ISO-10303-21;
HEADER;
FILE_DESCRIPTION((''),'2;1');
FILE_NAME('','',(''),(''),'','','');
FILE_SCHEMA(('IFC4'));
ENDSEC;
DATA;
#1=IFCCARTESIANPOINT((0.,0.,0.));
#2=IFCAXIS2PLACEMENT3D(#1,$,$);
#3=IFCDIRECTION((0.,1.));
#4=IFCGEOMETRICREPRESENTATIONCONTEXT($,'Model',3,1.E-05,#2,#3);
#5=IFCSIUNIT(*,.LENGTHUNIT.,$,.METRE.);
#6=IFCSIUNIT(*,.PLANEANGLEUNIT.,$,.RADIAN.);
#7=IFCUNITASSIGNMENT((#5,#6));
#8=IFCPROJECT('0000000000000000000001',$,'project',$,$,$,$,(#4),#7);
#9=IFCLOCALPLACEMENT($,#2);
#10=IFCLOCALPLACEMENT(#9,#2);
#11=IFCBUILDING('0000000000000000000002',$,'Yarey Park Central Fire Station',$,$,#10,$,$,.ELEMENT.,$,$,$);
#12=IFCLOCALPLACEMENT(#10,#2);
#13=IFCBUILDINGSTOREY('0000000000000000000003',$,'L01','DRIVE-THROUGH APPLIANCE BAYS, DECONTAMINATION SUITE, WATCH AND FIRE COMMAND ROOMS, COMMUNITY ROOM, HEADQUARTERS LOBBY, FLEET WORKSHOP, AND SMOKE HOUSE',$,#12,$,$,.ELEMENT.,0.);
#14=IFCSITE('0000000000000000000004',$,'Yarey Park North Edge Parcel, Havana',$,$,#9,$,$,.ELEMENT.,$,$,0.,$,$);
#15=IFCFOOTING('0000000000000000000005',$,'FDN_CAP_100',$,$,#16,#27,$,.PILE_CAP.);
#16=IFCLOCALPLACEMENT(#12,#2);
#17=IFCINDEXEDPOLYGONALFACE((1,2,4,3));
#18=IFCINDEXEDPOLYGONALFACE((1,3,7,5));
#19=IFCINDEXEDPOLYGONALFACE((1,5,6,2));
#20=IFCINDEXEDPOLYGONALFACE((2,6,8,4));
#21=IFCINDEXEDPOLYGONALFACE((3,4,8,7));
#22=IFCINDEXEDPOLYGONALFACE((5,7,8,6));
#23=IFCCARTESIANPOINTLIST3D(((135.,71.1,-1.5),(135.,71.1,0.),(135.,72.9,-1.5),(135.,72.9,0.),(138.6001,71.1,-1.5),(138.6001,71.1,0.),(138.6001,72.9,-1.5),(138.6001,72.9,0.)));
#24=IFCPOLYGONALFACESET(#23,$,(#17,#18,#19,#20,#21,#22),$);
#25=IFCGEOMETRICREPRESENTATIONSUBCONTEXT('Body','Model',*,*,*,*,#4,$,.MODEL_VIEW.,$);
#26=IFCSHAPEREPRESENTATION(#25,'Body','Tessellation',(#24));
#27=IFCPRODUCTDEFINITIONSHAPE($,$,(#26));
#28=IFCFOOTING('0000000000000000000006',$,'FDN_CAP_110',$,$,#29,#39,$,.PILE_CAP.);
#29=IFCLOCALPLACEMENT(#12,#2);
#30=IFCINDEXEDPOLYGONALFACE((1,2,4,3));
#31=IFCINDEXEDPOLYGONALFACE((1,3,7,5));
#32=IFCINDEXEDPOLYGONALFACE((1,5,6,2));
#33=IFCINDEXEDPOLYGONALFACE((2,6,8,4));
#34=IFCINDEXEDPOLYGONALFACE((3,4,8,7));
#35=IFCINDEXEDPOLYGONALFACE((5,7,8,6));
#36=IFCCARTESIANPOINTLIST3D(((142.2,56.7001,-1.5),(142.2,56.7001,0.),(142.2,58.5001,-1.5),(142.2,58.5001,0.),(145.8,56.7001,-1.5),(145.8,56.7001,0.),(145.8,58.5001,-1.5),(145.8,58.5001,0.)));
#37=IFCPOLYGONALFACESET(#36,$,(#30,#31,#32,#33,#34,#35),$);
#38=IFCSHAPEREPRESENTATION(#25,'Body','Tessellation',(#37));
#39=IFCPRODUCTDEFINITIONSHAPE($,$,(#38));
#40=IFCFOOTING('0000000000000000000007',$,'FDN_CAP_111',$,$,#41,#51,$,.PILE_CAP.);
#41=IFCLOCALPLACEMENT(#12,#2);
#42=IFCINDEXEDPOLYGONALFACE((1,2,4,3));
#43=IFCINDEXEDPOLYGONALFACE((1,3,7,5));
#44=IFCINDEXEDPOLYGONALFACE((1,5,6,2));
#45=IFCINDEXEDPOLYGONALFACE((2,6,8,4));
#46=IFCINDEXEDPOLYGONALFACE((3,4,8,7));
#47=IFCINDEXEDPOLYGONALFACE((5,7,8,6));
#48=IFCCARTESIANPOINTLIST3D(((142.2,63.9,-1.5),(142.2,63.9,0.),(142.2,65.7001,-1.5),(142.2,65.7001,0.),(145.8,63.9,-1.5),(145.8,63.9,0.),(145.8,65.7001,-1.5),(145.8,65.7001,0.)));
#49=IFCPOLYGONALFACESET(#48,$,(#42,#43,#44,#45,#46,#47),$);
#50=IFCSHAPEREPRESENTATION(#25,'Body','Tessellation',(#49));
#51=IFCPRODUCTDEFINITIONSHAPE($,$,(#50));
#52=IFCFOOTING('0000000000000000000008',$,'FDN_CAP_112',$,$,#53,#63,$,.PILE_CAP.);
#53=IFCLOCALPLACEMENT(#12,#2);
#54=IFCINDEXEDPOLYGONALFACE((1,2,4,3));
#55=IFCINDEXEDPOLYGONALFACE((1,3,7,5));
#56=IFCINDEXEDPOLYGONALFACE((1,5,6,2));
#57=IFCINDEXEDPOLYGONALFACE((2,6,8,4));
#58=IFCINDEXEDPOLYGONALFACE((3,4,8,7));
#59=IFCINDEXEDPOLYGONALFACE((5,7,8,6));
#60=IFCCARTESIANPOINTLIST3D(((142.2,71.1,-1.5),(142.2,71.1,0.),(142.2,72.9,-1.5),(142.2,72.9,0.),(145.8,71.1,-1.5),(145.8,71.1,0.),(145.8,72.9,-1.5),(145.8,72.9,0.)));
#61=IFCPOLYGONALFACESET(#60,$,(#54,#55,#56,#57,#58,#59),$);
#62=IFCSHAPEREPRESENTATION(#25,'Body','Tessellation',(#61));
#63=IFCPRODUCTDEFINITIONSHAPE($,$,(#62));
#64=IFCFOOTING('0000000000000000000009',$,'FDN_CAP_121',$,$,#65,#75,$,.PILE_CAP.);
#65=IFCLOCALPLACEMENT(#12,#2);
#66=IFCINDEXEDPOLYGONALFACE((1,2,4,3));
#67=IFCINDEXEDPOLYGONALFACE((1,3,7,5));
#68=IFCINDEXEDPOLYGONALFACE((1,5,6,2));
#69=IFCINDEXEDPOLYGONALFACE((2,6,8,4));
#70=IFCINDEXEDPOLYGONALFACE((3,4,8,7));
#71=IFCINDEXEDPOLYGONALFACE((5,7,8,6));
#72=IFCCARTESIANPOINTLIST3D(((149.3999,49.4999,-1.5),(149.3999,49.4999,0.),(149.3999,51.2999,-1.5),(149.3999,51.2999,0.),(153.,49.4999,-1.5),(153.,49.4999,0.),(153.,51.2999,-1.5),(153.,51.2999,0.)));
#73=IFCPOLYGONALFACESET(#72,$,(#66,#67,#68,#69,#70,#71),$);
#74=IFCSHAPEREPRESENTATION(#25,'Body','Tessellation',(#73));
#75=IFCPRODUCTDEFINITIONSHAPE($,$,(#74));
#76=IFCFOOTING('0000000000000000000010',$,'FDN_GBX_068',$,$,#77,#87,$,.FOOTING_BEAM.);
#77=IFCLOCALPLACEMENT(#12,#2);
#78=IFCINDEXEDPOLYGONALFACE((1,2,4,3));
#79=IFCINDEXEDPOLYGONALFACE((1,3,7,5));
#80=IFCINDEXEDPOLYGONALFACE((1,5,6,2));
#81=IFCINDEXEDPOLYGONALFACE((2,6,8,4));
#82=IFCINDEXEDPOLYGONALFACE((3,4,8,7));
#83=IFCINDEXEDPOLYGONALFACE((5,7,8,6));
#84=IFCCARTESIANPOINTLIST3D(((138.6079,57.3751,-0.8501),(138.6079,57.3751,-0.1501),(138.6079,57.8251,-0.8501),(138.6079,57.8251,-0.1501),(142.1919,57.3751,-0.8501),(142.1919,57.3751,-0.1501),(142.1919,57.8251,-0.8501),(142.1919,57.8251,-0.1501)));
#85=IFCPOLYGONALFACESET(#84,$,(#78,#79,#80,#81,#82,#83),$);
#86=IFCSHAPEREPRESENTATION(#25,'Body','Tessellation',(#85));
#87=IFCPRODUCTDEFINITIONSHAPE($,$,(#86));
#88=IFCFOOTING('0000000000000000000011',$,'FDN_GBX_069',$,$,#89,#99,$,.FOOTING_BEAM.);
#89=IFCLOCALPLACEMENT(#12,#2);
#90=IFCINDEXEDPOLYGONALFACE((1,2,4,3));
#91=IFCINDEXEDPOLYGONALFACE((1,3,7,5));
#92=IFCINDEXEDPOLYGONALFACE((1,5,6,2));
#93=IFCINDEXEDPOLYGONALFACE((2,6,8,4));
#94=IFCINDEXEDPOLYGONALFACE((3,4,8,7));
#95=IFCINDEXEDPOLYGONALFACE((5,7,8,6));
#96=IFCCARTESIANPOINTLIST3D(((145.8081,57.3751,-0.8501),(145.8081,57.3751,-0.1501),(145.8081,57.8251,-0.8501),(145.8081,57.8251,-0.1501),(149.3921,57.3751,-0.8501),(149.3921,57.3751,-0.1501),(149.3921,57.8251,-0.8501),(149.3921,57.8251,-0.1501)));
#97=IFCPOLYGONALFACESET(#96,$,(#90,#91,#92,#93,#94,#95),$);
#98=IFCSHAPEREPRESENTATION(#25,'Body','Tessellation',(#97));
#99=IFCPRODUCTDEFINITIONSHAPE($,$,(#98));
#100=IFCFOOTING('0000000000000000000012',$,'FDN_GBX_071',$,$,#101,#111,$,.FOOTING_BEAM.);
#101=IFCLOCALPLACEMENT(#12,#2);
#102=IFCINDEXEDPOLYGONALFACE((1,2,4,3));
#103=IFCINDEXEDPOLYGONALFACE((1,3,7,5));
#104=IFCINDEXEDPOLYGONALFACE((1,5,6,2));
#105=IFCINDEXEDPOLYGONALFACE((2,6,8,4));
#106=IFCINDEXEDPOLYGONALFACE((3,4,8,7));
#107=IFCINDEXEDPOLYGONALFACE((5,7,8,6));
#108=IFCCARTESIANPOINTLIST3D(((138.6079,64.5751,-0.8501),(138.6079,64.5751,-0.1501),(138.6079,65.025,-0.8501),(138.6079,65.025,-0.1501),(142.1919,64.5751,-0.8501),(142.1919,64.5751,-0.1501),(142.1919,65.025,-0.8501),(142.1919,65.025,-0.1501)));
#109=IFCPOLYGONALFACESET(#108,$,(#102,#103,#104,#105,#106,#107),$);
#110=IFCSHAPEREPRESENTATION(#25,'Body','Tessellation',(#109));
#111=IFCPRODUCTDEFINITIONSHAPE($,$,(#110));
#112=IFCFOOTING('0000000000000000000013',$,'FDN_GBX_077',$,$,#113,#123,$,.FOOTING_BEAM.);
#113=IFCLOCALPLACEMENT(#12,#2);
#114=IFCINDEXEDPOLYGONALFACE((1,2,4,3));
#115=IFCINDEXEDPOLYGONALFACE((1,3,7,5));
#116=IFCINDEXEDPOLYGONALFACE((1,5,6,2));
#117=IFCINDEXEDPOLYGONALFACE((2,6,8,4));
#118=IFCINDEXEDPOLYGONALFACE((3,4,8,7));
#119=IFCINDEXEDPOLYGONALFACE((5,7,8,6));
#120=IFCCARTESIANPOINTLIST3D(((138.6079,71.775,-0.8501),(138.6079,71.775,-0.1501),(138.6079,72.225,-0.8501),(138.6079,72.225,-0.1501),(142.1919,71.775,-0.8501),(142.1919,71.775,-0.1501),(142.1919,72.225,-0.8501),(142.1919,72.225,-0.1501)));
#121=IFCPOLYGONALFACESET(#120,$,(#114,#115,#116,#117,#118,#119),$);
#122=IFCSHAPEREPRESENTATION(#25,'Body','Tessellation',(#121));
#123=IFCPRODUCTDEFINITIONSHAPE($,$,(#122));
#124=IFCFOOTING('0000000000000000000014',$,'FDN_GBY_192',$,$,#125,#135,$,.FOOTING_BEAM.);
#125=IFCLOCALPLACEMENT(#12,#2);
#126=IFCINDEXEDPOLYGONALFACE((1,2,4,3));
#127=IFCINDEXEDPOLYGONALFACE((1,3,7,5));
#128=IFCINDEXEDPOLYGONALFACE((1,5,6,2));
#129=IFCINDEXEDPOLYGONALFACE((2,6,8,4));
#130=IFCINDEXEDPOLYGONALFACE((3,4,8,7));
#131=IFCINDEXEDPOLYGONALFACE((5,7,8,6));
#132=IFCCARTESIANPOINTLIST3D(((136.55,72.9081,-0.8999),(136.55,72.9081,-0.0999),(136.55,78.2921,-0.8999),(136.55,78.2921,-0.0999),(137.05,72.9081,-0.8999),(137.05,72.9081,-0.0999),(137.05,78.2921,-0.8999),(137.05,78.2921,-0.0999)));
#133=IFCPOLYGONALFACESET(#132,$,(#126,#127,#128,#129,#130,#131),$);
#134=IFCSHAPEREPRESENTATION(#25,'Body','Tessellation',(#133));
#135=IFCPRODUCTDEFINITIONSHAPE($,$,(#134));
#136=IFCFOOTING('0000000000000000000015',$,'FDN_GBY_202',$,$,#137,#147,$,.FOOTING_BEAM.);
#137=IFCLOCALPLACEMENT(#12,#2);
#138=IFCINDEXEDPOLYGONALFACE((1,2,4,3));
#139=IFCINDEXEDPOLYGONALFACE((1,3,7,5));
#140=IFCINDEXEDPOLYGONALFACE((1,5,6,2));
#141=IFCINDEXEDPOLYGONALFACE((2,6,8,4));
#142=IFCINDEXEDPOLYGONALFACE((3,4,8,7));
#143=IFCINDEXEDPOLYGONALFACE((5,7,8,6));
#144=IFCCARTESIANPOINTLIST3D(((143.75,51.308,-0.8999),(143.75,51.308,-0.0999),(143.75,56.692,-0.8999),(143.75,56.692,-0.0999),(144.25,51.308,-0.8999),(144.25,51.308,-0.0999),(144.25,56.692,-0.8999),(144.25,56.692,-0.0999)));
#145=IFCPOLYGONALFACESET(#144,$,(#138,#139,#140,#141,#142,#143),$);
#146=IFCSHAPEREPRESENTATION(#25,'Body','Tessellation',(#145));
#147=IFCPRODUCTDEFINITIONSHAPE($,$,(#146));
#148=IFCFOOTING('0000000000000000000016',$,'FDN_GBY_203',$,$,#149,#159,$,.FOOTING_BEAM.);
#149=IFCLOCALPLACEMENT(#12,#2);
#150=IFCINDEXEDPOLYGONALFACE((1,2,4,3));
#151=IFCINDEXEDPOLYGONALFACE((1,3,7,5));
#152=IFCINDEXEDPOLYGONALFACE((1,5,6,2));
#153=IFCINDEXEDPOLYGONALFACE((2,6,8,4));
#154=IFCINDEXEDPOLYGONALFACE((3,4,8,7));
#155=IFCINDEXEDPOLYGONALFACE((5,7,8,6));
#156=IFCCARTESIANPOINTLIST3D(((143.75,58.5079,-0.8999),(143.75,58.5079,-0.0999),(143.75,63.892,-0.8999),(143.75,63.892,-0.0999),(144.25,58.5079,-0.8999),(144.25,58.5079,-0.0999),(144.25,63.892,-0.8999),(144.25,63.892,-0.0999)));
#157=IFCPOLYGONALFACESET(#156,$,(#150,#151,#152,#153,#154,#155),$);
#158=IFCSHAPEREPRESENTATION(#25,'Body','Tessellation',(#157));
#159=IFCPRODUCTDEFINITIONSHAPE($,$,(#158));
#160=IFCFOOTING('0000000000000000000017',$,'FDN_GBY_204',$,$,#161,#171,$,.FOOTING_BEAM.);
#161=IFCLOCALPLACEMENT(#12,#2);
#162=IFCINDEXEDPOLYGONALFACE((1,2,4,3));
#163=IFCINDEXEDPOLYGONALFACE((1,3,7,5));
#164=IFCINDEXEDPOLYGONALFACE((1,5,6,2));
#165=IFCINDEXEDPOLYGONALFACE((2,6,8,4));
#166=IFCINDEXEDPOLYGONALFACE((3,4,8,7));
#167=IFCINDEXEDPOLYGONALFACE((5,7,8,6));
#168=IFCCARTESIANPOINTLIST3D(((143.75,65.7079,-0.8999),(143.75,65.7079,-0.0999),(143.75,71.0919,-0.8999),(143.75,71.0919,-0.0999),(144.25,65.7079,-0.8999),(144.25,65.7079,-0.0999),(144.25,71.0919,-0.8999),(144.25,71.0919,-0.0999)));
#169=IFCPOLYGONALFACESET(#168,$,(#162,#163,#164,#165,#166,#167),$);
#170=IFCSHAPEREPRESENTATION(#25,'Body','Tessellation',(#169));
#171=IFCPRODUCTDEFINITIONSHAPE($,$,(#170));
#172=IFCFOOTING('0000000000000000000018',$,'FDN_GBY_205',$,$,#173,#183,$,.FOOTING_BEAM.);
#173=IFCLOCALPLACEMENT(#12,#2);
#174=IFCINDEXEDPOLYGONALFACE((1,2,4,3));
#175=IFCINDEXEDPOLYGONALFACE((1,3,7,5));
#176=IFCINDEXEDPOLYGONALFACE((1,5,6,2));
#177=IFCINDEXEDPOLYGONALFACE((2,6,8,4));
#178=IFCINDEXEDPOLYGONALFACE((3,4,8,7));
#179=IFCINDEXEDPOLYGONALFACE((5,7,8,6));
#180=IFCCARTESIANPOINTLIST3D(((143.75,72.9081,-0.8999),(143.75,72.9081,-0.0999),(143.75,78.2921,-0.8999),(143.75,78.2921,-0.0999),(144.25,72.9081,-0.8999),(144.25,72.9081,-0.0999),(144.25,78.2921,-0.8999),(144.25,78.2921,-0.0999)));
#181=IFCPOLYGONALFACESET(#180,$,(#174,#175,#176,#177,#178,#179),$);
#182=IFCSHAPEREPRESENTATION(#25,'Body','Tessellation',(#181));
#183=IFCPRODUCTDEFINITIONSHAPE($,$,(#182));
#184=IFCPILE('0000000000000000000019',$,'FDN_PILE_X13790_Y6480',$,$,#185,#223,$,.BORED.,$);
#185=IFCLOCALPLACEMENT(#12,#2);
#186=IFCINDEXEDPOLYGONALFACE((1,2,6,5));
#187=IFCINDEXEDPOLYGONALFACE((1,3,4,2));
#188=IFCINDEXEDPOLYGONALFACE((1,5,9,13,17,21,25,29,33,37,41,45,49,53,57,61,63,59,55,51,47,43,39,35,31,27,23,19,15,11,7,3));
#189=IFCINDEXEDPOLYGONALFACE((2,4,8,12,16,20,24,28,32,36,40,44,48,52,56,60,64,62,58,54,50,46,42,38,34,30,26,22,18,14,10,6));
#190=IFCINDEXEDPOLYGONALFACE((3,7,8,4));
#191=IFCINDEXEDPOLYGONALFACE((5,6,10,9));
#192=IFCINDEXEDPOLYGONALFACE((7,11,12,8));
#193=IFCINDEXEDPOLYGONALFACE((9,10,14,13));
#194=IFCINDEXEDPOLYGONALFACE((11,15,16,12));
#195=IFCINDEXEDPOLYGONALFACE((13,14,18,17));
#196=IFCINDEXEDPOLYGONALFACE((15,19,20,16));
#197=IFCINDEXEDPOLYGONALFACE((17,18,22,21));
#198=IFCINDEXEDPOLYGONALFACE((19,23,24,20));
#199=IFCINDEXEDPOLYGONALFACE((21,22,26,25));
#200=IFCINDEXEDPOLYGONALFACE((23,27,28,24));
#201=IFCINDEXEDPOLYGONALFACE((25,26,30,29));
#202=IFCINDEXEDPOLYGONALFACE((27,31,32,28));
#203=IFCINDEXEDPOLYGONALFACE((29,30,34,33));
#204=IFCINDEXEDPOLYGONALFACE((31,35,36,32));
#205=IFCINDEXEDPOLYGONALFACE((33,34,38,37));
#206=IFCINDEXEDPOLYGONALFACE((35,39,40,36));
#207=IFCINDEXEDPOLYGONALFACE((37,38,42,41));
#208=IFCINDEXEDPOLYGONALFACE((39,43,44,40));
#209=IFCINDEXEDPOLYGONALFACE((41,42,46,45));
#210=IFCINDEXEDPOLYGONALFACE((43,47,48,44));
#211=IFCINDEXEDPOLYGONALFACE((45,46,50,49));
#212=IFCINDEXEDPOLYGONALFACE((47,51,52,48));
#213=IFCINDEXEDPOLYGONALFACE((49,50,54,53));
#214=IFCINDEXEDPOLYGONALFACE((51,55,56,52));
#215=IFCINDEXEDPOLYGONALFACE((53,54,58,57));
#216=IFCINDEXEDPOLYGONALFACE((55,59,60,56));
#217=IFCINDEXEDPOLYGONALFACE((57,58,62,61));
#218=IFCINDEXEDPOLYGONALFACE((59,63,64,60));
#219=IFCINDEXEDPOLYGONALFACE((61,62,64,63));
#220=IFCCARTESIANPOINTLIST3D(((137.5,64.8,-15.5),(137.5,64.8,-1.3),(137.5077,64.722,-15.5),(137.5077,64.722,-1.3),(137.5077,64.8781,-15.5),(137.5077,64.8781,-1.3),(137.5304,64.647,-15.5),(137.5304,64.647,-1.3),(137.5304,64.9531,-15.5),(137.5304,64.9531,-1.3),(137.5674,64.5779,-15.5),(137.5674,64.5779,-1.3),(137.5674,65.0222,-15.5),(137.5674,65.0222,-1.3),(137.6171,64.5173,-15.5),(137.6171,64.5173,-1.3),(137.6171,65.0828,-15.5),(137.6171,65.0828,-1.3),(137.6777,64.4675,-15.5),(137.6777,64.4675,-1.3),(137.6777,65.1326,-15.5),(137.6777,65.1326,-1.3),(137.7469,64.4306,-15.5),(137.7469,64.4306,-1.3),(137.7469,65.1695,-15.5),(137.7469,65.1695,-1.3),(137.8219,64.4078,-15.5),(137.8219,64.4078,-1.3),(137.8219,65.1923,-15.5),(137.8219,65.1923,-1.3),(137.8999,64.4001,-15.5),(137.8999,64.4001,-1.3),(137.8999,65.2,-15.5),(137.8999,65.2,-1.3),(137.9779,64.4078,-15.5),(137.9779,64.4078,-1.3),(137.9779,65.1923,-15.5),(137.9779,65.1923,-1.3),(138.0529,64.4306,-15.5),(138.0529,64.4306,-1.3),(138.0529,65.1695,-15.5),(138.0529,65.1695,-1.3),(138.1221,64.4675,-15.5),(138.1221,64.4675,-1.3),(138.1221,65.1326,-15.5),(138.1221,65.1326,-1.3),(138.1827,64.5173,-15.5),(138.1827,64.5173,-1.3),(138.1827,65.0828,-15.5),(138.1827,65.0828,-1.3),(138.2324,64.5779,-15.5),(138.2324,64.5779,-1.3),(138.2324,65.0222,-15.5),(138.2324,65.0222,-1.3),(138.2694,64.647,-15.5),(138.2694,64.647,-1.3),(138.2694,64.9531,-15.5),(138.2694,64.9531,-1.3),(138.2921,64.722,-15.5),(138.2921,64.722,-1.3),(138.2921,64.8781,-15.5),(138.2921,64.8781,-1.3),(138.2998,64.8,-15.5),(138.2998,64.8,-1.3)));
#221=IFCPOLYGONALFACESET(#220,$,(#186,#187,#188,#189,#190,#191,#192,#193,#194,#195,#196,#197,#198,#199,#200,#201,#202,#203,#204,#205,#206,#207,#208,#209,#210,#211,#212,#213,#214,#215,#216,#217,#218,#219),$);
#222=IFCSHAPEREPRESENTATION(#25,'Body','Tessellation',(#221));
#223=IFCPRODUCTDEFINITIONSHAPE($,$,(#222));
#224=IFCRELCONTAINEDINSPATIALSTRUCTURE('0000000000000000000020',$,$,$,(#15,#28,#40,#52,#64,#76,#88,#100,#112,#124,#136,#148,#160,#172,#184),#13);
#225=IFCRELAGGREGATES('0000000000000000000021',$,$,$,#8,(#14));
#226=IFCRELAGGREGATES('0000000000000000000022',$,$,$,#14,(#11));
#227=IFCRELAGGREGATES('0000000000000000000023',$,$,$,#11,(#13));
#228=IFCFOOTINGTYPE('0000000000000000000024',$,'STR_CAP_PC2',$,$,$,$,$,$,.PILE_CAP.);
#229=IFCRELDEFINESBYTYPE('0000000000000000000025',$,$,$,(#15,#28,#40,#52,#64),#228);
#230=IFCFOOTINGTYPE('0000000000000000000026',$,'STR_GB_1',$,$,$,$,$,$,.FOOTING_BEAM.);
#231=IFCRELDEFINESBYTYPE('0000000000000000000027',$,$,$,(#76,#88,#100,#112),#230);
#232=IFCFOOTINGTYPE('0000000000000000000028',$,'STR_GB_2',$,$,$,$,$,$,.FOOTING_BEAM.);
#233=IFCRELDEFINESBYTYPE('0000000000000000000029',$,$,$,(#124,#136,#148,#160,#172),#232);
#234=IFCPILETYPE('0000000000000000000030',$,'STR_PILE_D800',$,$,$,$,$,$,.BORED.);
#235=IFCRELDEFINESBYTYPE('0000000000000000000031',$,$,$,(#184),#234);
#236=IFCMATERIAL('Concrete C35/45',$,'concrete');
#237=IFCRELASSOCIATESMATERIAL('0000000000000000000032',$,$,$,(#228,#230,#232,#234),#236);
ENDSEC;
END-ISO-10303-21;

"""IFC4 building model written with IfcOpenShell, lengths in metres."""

from ifc_helpers import new_model, si_unit, direction, frame, origin, origin_2d, place, context, subcontext, project, spatial, rectangle, circle, extrude, material, material_profile, profile_set, type_object, element, save


model = new_model("IFC4")

# Units and contexts
model_context = context("Model", 3, precision=1e-05, world=origin(), true_north=direction((0.0, 1.0)))
body_context = subcontext(model_context, "Body", "Model", "MODEL_VIEW")
ifc_project = project(units=[si_unit("LENGTHUNIT", "METRE"), si_unit("PLANEANGLEUNIT", "RADIAN")], contexts=[model_context])

# Site, building, storey
site_placement = place(None, origin())
site = spatial("IfcSite", under=ifc_project, at=site_placement, Name="Yarey Park North Edge Parcel, Havana", CompositionType="ELEMENT", RefElevation=0.0)
building_placement = place(site_placement, origin())
building = spatial("IfcBuilding", under=site, at=building_placement, Name="Yarey Park Central Fire Station", CompositionType="ELEMENT")
storey_placement = place(building_placement, origin())
storey = spatial("IfcBuildingStorey", under=building, at=storey_placement, Name="L01", Description="DRIVE-THROUGH APPLIANCE BAYS, DECONTAMINATION SUITE, WATCH AND FIRE COMMAND ROOMS, COMMUNITY ROOM, HEADQUARTERS LOBBY, FLEET WORKSHOP, AND SMOKE HOUSE", CompositionType="ELEMENT", Elevation=0.0)

# Footings
ifc_material_1 = material(Name="Concrete C35/45", Category="concrete")
footing_type_1 = type_object("IfcFootingType", Name="STR_CAP_PC2", PredefinedType="PILE_CAP", material=ifc_material_1)
for number, where, z_axis, x_axis, name in (
    (1, (136.8, 72.0, -1.5), (0.0, 0.0, 1.0), (1.0, 0.0, 0.0), "FDN_CAP_100"),
    (2, (144.0, 57.6001, -1.5), (0.0, 0.0, 1.0), (1.0, 0.0, 0.0), "FDN_CAP_110"),
    (3, (144.0, 64.8, -1.5), (0.0, 0.0, 1.0), (1.0, 0.0, 0.0), "FDN_CAP_111"),
    (4, (144.0, 72.0, -1.5), (0.0, 0.0, 1.0), (1.0, 0.0, 0.0), "FDN_CAP_112"),
    (5, (151.2, 50.3999, -1.5), (0.0, 0.0, 1.0), (1.0, 0.0, 0.0), "FDN_CAP_121"),
):
    element("IfcFooting", number, at=place(storey_placement, frame(where, z_axis=z_axis, x_axis=x_axis)), inside=storey, type_object=footing_type_1, Name=name, PredefinedType="PILE_CAP", context=body_context, shape_type="SweptSolid", body=[
        extrude(rectangle(XDim=3.6001, YDim=1.8, at=origin_2d()), origin(), (0.0, 0.0, 1.0), 1.5),
    ])
footing_type_2 = type_object("IfcFootingType", Name="STR_GB_1", PredefinedType="FOOTING_BEAM", material=ifc_material_1)
for number, where, z_axis, x_axis, name in (
    (6, (140.3999, 57.6001, -0.8501), (0.0, 0.0, 1.0), (1.0, 0.0, 0.0), "FDN_GBX_068"),
    (7, (147.6001, 57.6001, -0.8501), (0.0, 0.0, 1.0), (1.0, 0.0, 0.0), "FDN_GBX_069"),
    (8, (140.3999, 64.8, -0.8501), (0.0, 0.0, 1.0), (1.0, 0.0, 0.0), "FDN_GBX_071"),
    (9, (140.3999, 72.0, -0.8501), (0.0, 0.0, 1.0), (1.0, 0.0, 0.0), "FDN_GBX_077"),
):
    element("IfcFooting", number, at=place(storey_placement, frame(where, z_axis=z_axis, x_axis=x_axis)), inside=storey, type_object=footing_type_2, Name=name, PredefinedType="FOOTING_BEAM", context=body_context, shape_type="SweptSolid", body=[
        extrude(rectangle(XDim=3.584, YDim=0.45, at=origin_2d()), origin(), (0.0, 0.0, 1.0), 0.7),
    ])
footing_type_3 = type_object("IfcFootingType", Name="STR_GB_2", PredefinedType="FOOTING_BEAM", material=ifc_material_1)
for number, where, z_axis, x_axis, name in (
    (10, (136.8, 75.6001, -0.8999), (0.0, 0.0, 1.0), (1.0, 0.0, 0.0), "FDN_GBY_192"),
    (11, (144.0, 54.0, -0.8999), (0.0, 0.0, 1.0), (1.0, 0.0, 0.0), "FDN_GBY_202"),
    (12, (144.0, 61.2, -0.8999), (0.0, 0.0, 1.0), (1.0, 0.0, 0.0), "FDN_GBY_203"),
    (13, (144.0, 68.3999, -0.8999), (0.0, 0.0, 1.0), (1.0, 0.0, 0.0), "FDN_GBY_204"),
    (14, (144.0, 75.6001, -0.8999), (0.0, 0.0, 1.0), (1.0, 0.0, 0.0), "FDN_GBY_205"),
):
    element("IfcFooting", number, at=place(storey_placement, frame(where, z_axis=z_axis, x_axis=x_axis)), inside=storey, type_object=footing_type_3, Name=name, PredefinedType="FOOTING_BEAM", context=body_context, shape_type="SweptSolid", body=[
        extrude(rectangle(XDim=0.5, YDim=5.384, at=origin_2d()), origin(), (0.0, 0.0, 1.0), 0.8),
    ])

# Pile
ifc_material_profile_1 = material_profile(ifc_material_1, circle(Radius=0.3999, at=origin_2d()), Name="BORED PILE D800")
ifc_profile_set_1 = profile_set([ifc_material_profile_1], Name="Concrete C35/45")
pile_type = type_object("IfcPileType", Name="STR_PILE_D800", PredefinedType="BORED", material=ifc_profile_set_1)
for number, where, z_axis, x_axis, name in (
    (15, (137.8999, 64.8, -1.3), (0.0, 0.0, -1.0), (1.0, 0.0, 0.0), "FDN_PILE_X13790_Y6480"),
):
    element("IfcPile", number, at=place(storey_placement, frame(where, z_axis=z_axis, x_axis=x_axis)), inside=storey, type_object=pile_type, Name=name, PredefinedType="BORED", context=body_context, shape_type="SweptSolid", body=[
        extrude(circle(Radius=0.3999, at=origin_2d()), origin(), (0.0, 0.0, 1.0), 14.2),
    ])

save(model, "model.ifc")
